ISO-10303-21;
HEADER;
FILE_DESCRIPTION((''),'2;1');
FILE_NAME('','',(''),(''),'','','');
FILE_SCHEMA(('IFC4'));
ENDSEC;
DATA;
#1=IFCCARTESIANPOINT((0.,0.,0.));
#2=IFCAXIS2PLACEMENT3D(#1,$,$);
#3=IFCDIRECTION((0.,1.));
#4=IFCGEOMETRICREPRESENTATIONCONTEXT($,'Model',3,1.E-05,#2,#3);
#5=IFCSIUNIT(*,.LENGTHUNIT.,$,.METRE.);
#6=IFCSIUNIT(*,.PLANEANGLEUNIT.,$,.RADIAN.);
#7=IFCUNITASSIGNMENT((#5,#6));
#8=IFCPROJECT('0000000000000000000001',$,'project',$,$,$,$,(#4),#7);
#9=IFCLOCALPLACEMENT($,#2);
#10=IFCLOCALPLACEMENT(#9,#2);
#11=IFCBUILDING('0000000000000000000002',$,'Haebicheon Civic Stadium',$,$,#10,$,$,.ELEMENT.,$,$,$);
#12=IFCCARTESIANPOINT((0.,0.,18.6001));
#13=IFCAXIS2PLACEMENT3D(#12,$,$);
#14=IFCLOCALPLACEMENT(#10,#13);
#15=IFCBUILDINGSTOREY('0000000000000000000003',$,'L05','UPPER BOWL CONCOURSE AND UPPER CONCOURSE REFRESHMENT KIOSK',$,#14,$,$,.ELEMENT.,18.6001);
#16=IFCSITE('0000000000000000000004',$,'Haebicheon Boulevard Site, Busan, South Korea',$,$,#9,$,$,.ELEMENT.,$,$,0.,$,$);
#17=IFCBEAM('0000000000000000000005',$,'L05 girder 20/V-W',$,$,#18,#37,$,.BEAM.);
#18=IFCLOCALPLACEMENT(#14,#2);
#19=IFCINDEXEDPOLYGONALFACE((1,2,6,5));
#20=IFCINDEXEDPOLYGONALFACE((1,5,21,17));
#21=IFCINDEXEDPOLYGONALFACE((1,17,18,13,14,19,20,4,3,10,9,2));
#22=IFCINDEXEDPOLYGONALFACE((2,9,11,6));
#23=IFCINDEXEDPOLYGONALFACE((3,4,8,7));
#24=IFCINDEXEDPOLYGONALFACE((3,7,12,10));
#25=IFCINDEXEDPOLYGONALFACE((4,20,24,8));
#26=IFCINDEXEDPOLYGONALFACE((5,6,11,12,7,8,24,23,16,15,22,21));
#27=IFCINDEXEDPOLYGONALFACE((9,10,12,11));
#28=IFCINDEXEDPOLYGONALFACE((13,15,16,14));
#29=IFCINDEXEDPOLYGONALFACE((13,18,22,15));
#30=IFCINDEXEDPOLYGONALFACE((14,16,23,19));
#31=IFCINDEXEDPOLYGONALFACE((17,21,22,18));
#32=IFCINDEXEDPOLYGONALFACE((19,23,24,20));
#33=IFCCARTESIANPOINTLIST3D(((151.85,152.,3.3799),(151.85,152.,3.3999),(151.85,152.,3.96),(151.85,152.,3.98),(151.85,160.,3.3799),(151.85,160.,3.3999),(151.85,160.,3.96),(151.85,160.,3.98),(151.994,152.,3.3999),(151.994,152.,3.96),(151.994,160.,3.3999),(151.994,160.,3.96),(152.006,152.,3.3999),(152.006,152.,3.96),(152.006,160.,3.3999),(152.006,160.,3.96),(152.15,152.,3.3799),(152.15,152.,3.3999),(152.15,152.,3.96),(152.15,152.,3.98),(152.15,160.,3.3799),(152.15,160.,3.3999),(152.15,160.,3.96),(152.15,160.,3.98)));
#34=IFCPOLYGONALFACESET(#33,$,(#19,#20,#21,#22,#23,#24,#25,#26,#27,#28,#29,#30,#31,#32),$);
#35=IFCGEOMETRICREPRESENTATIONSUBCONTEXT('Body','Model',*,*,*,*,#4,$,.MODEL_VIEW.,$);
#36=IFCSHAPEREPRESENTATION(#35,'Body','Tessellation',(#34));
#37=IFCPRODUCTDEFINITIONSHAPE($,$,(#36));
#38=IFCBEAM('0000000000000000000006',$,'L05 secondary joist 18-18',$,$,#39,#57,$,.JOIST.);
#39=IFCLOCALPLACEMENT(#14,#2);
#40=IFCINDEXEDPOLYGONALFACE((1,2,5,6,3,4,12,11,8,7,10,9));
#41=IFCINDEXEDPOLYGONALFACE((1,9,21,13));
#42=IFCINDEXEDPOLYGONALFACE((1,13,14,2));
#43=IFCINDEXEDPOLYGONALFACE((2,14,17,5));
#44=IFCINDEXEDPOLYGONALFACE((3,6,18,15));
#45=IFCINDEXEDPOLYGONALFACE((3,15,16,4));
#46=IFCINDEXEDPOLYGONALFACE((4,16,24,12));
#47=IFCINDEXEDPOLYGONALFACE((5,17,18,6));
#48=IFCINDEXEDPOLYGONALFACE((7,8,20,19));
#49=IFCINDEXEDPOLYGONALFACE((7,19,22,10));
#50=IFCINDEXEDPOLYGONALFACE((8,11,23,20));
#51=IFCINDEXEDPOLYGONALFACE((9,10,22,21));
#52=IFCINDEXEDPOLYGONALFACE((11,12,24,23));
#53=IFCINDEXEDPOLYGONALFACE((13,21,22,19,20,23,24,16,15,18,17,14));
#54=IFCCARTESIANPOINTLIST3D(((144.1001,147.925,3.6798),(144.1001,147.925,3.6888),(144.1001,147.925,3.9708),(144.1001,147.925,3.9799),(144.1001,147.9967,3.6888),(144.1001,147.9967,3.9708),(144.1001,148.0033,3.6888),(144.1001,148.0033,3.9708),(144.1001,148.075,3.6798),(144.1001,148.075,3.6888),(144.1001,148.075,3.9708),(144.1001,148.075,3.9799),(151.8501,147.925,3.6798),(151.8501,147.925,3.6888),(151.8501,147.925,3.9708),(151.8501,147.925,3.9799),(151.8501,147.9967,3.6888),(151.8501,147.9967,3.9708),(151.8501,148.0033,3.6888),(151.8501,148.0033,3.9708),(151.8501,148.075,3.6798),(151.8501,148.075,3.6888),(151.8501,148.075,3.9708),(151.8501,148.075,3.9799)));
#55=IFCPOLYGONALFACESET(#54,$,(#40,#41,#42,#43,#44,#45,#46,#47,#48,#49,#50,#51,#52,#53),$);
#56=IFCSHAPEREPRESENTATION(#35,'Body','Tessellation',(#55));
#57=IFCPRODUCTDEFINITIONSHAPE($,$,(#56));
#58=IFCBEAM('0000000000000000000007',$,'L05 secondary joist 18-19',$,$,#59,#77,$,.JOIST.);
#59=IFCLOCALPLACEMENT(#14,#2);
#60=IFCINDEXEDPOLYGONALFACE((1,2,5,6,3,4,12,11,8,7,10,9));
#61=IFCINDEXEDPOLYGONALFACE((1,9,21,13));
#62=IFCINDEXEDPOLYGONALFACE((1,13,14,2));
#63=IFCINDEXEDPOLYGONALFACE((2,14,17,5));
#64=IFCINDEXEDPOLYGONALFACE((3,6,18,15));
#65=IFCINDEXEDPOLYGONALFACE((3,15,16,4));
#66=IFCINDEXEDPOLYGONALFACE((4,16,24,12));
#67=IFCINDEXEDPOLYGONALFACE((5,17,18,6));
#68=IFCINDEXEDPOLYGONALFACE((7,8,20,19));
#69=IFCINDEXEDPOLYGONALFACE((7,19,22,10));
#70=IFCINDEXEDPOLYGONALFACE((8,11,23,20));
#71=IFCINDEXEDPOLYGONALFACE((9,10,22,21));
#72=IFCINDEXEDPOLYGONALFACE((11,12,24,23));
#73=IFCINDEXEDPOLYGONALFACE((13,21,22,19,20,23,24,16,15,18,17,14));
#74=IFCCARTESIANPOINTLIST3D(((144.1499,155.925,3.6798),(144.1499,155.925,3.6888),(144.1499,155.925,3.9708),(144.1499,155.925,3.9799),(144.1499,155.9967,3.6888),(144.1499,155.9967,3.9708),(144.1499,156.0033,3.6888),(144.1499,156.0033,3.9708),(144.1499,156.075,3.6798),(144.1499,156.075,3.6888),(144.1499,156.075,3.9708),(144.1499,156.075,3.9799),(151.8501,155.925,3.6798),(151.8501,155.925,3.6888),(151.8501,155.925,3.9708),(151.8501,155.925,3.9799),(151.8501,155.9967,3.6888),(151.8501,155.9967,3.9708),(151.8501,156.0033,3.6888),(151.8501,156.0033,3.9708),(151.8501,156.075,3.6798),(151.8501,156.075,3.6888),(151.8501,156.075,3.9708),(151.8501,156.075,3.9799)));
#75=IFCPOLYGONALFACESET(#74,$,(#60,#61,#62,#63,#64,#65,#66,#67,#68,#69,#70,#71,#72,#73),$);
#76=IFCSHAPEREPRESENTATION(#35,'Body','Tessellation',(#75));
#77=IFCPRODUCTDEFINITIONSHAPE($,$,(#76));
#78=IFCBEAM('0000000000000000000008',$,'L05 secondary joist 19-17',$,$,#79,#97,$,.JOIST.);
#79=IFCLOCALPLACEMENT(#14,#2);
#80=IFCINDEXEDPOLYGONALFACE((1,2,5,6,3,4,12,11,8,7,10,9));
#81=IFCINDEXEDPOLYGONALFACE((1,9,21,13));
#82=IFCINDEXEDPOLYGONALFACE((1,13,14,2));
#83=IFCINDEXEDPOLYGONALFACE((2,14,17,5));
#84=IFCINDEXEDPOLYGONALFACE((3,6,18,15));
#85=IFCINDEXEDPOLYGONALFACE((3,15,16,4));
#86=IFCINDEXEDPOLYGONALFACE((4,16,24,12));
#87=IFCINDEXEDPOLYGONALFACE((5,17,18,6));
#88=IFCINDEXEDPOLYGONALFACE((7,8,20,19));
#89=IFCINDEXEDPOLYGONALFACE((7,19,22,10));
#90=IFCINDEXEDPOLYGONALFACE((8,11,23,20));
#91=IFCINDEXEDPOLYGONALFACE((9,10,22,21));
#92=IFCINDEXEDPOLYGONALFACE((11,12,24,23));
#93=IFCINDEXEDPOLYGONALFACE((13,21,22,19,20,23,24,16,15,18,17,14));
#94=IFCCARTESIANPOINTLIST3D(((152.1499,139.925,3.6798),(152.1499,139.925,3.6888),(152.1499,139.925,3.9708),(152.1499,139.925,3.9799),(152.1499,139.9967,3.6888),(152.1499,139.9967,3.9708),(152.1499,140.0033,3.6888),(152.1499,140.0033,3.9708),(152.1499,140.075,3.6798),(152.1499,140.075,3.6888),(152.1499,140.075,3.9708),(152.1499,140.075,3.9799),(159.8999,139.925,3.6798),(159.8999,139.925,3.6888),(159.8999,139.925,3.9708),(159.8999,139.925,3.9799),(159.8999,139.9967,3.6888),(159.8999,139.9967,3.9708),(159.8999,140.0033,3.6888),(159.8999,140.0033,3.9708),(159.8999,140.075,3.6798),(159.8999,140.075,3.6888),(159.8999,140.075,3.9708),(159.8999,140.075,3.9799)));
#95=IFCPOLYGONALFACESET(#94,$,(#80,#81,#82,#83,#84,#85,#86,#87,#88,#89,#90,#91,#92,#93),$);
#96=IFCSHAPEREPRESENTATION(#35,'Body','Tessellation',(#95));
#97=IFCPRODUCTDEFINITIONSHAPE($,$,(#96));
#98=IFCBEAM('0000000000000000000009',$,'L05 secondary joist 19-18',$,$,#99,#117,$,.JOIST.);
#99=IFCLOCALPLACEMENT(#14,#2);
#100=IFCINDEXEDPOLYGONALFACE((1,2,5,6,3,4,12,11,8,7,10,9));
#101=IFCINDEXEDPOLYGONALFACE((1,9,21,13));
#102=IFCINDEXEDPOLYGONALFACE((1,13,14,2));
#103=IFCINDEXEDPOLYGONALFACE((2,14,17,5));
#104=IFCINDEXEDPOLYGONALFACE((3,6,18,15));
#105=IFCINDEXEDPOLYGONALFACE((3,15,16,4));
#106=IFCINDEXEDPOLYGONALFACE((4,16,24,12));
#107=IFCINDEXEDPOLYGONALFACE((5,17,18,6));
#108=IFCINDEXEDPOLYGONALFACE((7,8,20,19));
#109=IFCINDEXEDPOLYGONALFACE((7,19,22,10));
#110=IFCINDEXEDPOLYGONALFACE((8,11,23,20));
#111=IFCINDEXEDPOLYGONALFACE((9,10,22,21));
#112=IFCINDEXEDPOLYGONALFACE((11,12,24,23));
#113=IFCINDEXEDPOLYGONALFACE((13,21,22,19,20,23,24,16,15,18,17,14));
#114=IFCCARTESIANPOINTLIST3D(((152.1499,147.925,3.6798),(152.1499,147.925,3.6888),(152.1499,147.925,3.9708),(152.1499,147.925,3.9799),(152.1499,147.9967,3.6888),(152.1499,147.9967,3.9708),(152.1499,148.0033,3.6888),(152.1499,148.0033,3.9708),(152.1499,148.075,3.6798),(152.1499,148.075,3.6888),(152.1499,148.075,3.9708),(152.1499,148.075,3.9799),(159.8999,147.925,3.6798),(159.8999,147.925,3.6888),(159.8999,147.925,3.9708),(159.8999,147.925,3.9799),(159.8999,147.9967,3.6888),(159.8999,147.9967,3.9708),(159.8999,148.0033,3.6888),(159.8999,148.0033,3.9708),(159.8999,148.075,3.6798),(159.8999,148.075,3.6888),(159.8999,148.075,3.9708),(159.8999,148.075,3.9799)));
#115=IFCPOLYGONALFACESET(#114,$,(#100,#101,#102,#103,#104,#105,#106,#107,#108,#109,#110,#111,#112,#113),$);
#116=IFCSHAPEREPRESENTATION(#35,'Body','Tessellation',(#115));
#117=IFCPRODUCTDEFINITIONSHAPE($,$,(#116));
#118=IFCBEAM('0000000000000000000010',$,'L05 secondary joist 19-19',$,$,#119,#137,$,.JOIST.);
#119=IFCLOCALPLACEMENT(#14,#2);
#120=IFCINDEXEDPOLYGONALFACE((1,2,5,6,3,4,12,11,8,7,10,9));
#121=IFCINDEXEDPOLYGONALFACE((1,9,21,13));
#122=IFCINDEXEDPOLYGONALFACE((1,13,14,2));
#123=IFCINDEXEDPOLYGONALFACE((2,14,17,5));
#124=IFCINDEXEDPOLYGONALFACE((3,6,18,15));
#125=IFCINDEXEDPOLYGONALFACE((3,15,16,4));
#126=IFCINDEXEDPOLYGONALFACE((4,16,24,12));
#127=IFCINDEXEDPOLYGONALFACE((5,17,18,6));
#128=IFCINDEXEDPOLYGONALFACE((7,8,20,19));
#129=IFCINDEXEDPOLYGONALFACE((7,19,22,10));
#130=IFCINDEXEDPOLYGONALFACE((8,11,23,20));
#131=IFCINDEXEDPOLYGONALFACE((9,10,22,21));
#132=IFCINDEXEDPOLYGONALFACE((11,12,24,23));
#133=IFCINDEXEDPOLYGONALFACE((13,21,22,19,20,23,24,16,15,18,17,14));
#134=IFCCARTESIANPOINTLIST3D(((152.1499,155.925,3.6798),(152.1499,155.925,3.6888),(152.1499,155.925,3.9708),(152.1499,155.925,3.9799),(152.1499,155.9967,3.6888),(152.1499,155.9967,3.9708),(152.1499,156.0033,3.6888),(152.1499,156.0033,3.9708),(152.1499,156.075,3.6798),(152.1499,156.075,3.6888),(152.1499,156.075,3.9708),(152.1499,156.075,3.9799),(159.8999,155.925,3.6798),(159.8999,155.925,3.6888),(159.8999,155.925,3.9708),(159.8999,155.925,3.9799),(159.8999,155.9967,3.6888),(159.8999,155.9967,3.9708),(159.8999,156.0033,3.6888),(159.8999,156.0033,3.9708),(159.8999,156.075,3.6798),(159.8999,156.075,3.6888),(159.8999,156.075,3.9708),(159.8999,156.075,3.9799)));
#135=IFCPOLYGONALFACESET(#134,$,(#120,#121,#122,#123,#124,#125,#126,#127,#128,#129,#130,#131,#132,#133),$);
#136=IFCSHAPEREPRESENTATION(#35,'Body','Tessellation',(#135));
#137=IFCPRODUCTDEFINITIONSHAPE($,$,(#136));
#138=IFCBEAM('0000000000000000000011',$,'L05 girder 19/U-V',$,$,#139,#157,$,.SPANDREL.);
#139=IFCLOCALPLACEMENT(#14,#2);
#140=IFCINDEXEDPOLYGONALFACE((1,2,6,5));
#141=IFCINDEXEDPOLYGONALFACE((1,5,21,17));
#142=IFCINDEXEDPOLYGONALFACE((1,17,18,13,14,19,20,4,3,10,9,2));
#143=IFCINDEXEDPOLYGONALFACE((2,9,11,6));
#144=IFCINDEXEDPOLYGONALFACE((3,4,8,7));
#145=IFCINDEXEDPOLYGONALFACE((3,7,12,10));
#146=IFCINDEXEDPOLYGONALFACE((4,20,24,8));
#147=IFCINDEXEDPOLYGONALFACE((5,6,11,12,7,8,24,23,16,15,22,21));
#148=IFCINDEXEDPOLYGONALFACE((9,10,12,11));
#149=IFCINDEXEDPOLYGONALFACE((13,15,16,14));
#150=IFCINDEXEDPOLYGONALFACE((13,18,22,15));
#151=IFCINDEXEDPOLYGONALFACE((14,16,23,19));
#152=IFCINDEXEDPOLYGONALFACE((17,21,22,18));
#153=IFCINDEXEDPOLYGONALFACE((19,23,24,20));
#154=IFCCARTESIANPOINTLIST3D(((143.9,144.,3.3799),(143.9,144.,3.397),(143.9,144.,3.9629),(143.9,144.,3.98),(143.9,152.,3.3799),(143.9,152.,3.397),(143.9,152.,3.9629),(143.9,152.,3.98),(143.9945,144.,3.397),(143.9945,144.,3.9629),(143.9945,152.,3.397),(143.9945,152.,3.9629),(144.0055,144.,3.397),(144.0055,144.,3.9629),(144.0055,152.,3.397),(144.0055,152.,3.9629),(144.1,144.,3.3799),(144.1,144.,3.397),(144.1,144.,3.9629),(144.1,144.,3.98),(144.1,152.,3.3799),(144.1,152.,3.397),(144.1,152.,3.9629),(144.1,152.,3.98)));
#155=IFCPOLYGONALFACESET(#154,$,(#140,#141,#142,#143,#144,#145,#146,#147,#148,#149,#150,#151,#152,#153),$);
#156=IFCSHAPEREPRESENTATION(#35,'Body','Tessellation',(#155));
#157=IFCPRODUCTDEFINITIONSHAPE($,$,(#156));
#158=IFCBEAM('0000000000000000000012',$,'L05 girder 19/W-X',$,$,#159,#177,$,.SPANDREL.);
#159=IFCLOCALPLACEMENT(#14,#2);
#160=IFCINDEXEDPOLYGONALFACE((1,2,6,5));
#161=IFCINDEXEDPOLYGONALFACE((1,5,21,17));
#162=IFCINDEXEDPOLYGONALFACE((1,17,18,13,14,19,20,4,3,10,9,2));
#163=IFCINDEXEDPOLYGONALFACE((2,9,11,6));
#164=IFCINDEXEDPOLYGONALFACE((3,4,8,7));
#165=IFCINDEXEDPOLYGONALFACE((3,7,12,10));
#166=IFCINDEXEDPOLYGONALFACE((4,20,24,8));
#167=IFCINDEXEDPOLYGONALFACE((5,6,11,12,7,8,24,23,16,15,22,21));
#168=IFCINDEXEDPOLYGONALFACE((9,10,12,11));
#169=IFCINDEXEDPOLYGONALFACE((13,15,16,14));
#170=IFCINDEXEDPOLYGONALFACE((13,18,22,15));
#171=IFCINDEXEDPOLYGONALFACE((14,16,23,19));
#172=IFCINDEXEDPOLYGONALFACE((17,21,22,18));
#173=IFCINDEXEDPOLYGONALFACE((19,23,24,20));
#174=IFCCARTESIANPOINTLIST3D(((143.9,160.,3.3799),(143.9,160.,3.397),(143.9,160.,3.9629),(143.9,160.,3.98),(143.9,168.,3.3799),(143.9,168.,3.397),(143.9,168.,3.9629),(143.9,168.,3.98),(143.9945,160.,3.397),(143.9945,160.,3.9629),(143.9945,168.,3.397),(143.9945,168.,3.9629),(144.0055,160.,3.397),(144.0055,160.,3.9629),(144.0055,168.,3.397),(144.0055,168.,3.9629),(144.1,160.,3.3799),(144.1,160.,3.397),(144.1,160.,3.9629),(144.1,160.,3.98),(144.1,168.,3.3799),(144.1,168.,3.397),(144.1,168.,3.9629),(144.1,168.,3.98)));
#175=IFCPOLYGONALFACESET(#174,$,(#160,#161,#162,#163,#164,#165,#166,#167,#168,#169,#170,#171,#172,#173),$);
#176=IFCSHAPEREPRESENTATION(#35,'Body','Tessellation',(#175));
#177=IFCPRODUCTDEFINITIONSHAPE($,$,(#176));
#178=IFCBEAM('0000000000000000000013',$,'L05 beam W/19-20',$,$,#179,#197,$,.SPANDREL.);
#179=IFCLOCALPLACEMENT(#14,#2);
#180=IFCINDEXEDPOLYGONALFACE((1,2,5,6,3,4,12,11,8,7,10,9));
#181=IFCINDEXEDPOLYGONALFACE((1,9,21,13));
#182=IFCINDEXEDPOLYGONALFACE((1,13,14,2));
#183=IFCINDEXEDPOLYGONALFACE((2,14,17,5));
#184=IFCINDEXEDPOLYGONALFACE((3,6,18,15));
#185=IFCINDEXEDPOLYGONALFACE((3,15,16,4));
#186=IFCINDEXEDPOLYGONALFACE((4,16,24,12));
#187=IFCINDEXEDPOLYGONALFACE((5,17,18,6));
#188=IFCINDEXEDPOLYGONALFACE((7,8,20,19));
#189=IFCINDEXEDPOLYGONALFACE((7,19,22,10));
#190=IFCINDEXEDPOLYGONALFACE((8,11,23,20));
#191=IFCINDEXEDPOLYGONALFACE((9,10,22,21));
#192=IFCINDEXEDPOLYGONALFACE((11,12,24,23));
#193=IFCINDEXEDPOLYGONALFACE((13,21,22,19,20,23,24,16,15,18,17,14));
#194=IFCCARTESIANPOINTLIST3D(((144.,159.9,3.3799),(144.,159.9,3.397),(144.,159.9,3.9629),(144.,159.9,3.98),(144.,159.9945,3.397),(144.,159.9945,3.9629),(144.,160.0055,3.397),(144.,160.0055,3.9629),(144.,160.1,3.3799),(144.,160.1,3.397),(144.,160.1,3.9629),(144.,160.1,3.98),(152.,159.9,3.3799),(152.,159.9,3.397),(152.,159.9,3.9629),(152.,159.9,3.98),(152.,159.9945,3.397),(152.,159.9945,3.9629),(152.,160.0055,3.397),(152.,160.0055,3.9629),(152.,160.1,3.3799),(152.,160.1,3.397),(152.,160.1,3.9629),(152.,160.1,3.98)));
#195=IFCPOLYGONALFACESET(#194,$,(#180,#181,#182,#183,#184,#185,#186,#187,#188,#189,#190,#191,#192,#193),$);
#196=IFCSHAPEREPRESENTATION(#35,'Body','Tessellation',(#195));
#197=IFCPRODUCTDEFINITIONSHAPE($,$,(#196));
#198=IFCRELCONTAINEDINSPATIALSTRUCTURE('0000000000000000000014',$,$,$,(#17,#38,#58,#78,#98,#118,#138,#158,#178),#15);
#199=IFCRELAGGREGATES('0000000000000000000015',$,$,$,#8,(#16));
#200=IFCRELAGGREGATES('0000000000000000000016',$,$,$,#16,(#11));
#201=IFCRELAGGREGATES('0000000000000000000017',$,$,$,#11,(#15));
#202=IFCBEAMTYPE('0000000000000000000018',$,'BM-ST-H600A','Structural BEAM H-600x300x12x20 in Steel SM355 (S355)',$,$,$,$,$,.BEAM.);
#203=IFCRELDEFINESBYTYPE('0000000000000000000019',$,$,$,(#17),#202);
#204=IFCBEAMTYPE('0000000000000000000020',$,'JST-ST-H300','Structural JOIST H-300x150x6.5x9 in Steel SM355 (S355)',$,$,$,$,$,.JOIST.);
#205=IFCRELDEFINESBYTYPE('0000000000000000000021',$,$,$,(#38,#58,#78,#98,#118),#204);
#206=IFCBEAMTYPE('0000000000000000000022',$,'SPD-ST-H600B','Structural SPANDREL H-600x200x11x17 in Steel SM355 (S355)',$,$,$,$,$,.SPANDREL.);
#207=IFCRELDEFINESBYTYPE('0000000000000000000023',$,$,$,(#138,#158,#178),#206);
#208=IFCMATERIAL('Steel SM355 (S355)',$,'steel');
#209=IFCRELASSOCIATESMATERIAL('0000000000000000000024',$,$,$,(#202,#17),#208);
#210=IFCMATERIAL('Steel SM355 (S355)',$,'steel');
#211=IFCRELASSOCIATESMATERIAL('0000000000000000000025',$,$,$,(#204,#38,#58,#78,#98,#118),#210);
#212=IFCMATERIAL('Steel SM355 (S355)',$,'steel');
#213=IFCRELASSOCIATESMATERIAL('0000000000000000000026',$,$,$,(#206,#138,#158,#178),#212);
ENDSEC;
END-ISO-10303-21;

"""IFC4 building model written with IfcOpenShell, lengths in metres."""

from ifc_helpers import new_model, si_unit, direction, frame, origin, origin_2d, place, context, subcontext, project, spatial, i_section, extrude, material, material_profile, profile_set, type_object, element, save


model = new_model("IFC4")

# Units and contexts
model_context = context("Model", 3, precision=1e-05, world=origin(), true_north=direction((0.0, 1.0)))
body_context = subcontext(model_context, "Body", "Model", "MODEL_VIEW")
ifc_project = project(units=[si_unit("LENGTHUNIT", "METRE"), si_unit("PLANEANGLEUNIT", "RADIAN")], contexts=[model_context])

# Site, building, storey
site_placement = place(None, origin())
site = spatial("IfcSite", under=ifc_project, at=site_placement, Name="Haebicheon Boulevard Site, Busan, South Korea", CompositionType="ELEMENT", RefElevation=0.0)
building_placement = place(site_placement, origin())
building = spatial("IfcBuilding", under=site, at=building_placement, Name="Haebicheon Civic Stadium", CompositionType="ELEMENT")
storey_placement = place(building_placement, frame((0.0, 0.0, 18.6001)))
storey = spatial("IfcBuildingStorey", under=building, at=storey_placement, Name="L05", Description="UPPER BOWL CONCOURSE AND UPPER CONCOURSE REFRESHMENT KIOSK", CompositionType="ELEMENT", Elevation=18.6001)

# Beams
ifc_material_1 = material(Name="Steel SM355 (S355)", Category="steel")
ifc_material_profile_1 = material_profile(ifc_material_1, i_section(OverallWidth=0.3, OverallDepth=0.6001, WebThickness=0.012, FlangeThickness=0.02, at=origin_2d()), Name="H-600x300x12x20")
ifc_profile_set_1 = profile_set([ifc_material_profile_1], Name="Steel SM355 (S355)")
beam_type_1 = type_object("IfcBeamType", Name="BM-ST-H600A", Description="Structural BEAM H-600x300x12x20 in Steel SM355 (S355)", PredefinedType="BEAM", material=ifc_profile_set_1)
for number, where, z_axis, x_axis, name in (
    (1, (152.0, 152.0, 3.6799), (0.0, 1.0, 0.0), (-1.0, 0.0, 0.0), "L05 girder 20/V-W"),
):
    element("IfcBeam", number, at=place(storey_placement, frame(where, z_axis=z_axis, x_axis=x_axis)), inside=storey, type_object=beam_type_1, material=ifc_profile_set_1, Name=name, PredefinedType="BEAM", context=body_context, shape_type="SweptSolid", body=[
        extrude(i_section(OverallWidth=0.3, OverallDepth=0.6001, WebThickness=0.012, FlangeThickness=0.02, at=origin_2d()), origin(), (0.0, 0.0, 1.0), 8.0),
    ])
ifc_material_2 = material(Name="Steel SM355 (S355)", Category="steel")
ifc_material_profile_2 = material_profile(ifc_material_2, i_section(OverallWidth=0.1499, OverallDepth=0.3, WebThickness=0.0066, FlangeThickness=0.009, at=origin_2d()), Name="H-300x150x6.5x9")
ifc_profile_set_2 = profile_set([ifc_material_profile_2], Name="Steel SM355 (S355)")
beam_type_2 = type_object("IfcBeamType", Name="JST-ST-H300", Description="Structural JOIST H-300x150x6.5x9 in Steel SM355 (S355)", PredefinedType="JOIST", material=ifc_profile_set_2)
beam_1_placement = place(storey_placement, frame((144.1001, 148.0, 3.8298), z_axis=(1.0, 0.0, 0.0), x_axis=(0.0, 1.0, 0.0)))
element("IfcBeam", 2, at=beam_1_placement, inside=storey, type_object=beam_type_2, material=ifc_profile_set_2, Name="L05 secondary joist 18-18", PredefinedType="JOIST", context=body_context, shape_type="SweptSolid", body=[
    extrude(i_section(OverallWidth=0.1499, OverallDepth=0.3, WebThickness=0.0066, FlangeThickness=0.009, at=origin_2d()), origin(), (0.0, 0.0, 1.0), 7.75),
])
beam_2_placement = place(storey_placement, frame((144.1499, 156.0, 3.8298), z_axis=(1.0, 0.0, 0.0), x_axis=(0.0, 1.0, 0.0)))
element("IfcBeam", 3, at=beam_2_placement, inside=storey, type_object=beam_type_2, material=ifc_profile_set_2, Name="L05 secondary joist 18-19", PredefinedType="JOIST", context=body_context, shape_type="SweptSolid", body=[
    extrude(i_section(OverallWidth=0.1499, OverallDepth=0.3, WebThickness=0.0066, FlangeThickness=0.009, at=origin_2d()), origin(), (0.0, 0.0, 1.0), 7.7002),
])
for number, where, z_axis, x_axis, name in (
    (4, (152.1499, 140.0, 3.8298), (1.0, 0.0, 0.0), (0.0, 1.0, 0.0), "L05 secondary joist 19-17"),
    (5, (152.1499, 148.0, 3.8298), (1.0, 0.0, 0.0), (0.0, 1.0, 0.0), "L05 secondary joist 19-18"),
    (6, (152.1499, 156.0, 3.8298), (1.0, 0.0, 0.0), (0.0, 1.0, 0.0), "L05 secondary joist 19-19"),
):
    element("IfcBeam", number, at=place(storey_placement, frame(where, z_axis=z_axis, x_axis=x_axis)), inside=storey, type_object=beam_type_2, material=ifc_profile_set_2, Name=name, PredefinedType="JOIST", context=body_context, shape_type="SweptSolid", body=[
        extrude(i_section(OverallWidth=0.1499, OverallDepth=0.3, WebThickness=0.0066, FlangeThickness=0.009, at=origin_2d()), origin(), (0.0, 0.0, 1.0), 7.75),
    ])
ifc_material_3 = material(Name="Steel SM355 (S355)", Category="steel")
ifc_material_profile_3 = material_profile(ifc_material_3, i_section(OverallWidth=0.2, OverallDepth=0.6001, WebThickness=0.011, FlangeThickness=0.0171, at=origin_2d()), Name="H-600x200x11x17")
ifc_profile_set_3 = profile_set([ifc_material_profile_3], Name="Steel SM355 (S355)")
beam_type_3 = type_object("IfcBeamType", Name="SPD-ST-H600B", Description="Structural SPANDREL H-600x200x11x17 in Steel SM355 (S355)", PredefinedType="SPANDREL", material=ifc_profile_set_3)
for number, where, z_axis, x_axis, name in (
    (7, (144.0, 144.0, 3.6799), (0.0, 1.0, 0.0), (-1.0, 0.0, 0.0), "L05 girder 19/U-V"),
    (8, (144.0, 160.0, 3.6799), (0.0, 1.0, 0.0), (-1.0, 0.0, 0.0), "L05 girder 19/W-X"),
    (9, (144.0, 160.0, 3.6799), (1.0, 0.0, 0.0), (0.0, 1.0, 0.0), "L05 beam W/19-20"),
):
    element("IfcBeam", number, at=place(storey_placement, frame(where, z_axis=z_axis, x_axis=x_axis)), inside=storey, type_object=beam_type_3, material=ifc_profile_set_3, Name=name, PredefinedType="SPANDREL", context=body_context, shape_type="SweptSolid", body=[
        extrude(i_section(OverallWidth=0.2, OverallDepth=0.6001, WebThickness=0.011, FlangeThickness=0.0171, at=origin_2d()), origin(), (0.0, 0.0, 1.0), 8.0),
    ])

save(model, "model.ifc")
